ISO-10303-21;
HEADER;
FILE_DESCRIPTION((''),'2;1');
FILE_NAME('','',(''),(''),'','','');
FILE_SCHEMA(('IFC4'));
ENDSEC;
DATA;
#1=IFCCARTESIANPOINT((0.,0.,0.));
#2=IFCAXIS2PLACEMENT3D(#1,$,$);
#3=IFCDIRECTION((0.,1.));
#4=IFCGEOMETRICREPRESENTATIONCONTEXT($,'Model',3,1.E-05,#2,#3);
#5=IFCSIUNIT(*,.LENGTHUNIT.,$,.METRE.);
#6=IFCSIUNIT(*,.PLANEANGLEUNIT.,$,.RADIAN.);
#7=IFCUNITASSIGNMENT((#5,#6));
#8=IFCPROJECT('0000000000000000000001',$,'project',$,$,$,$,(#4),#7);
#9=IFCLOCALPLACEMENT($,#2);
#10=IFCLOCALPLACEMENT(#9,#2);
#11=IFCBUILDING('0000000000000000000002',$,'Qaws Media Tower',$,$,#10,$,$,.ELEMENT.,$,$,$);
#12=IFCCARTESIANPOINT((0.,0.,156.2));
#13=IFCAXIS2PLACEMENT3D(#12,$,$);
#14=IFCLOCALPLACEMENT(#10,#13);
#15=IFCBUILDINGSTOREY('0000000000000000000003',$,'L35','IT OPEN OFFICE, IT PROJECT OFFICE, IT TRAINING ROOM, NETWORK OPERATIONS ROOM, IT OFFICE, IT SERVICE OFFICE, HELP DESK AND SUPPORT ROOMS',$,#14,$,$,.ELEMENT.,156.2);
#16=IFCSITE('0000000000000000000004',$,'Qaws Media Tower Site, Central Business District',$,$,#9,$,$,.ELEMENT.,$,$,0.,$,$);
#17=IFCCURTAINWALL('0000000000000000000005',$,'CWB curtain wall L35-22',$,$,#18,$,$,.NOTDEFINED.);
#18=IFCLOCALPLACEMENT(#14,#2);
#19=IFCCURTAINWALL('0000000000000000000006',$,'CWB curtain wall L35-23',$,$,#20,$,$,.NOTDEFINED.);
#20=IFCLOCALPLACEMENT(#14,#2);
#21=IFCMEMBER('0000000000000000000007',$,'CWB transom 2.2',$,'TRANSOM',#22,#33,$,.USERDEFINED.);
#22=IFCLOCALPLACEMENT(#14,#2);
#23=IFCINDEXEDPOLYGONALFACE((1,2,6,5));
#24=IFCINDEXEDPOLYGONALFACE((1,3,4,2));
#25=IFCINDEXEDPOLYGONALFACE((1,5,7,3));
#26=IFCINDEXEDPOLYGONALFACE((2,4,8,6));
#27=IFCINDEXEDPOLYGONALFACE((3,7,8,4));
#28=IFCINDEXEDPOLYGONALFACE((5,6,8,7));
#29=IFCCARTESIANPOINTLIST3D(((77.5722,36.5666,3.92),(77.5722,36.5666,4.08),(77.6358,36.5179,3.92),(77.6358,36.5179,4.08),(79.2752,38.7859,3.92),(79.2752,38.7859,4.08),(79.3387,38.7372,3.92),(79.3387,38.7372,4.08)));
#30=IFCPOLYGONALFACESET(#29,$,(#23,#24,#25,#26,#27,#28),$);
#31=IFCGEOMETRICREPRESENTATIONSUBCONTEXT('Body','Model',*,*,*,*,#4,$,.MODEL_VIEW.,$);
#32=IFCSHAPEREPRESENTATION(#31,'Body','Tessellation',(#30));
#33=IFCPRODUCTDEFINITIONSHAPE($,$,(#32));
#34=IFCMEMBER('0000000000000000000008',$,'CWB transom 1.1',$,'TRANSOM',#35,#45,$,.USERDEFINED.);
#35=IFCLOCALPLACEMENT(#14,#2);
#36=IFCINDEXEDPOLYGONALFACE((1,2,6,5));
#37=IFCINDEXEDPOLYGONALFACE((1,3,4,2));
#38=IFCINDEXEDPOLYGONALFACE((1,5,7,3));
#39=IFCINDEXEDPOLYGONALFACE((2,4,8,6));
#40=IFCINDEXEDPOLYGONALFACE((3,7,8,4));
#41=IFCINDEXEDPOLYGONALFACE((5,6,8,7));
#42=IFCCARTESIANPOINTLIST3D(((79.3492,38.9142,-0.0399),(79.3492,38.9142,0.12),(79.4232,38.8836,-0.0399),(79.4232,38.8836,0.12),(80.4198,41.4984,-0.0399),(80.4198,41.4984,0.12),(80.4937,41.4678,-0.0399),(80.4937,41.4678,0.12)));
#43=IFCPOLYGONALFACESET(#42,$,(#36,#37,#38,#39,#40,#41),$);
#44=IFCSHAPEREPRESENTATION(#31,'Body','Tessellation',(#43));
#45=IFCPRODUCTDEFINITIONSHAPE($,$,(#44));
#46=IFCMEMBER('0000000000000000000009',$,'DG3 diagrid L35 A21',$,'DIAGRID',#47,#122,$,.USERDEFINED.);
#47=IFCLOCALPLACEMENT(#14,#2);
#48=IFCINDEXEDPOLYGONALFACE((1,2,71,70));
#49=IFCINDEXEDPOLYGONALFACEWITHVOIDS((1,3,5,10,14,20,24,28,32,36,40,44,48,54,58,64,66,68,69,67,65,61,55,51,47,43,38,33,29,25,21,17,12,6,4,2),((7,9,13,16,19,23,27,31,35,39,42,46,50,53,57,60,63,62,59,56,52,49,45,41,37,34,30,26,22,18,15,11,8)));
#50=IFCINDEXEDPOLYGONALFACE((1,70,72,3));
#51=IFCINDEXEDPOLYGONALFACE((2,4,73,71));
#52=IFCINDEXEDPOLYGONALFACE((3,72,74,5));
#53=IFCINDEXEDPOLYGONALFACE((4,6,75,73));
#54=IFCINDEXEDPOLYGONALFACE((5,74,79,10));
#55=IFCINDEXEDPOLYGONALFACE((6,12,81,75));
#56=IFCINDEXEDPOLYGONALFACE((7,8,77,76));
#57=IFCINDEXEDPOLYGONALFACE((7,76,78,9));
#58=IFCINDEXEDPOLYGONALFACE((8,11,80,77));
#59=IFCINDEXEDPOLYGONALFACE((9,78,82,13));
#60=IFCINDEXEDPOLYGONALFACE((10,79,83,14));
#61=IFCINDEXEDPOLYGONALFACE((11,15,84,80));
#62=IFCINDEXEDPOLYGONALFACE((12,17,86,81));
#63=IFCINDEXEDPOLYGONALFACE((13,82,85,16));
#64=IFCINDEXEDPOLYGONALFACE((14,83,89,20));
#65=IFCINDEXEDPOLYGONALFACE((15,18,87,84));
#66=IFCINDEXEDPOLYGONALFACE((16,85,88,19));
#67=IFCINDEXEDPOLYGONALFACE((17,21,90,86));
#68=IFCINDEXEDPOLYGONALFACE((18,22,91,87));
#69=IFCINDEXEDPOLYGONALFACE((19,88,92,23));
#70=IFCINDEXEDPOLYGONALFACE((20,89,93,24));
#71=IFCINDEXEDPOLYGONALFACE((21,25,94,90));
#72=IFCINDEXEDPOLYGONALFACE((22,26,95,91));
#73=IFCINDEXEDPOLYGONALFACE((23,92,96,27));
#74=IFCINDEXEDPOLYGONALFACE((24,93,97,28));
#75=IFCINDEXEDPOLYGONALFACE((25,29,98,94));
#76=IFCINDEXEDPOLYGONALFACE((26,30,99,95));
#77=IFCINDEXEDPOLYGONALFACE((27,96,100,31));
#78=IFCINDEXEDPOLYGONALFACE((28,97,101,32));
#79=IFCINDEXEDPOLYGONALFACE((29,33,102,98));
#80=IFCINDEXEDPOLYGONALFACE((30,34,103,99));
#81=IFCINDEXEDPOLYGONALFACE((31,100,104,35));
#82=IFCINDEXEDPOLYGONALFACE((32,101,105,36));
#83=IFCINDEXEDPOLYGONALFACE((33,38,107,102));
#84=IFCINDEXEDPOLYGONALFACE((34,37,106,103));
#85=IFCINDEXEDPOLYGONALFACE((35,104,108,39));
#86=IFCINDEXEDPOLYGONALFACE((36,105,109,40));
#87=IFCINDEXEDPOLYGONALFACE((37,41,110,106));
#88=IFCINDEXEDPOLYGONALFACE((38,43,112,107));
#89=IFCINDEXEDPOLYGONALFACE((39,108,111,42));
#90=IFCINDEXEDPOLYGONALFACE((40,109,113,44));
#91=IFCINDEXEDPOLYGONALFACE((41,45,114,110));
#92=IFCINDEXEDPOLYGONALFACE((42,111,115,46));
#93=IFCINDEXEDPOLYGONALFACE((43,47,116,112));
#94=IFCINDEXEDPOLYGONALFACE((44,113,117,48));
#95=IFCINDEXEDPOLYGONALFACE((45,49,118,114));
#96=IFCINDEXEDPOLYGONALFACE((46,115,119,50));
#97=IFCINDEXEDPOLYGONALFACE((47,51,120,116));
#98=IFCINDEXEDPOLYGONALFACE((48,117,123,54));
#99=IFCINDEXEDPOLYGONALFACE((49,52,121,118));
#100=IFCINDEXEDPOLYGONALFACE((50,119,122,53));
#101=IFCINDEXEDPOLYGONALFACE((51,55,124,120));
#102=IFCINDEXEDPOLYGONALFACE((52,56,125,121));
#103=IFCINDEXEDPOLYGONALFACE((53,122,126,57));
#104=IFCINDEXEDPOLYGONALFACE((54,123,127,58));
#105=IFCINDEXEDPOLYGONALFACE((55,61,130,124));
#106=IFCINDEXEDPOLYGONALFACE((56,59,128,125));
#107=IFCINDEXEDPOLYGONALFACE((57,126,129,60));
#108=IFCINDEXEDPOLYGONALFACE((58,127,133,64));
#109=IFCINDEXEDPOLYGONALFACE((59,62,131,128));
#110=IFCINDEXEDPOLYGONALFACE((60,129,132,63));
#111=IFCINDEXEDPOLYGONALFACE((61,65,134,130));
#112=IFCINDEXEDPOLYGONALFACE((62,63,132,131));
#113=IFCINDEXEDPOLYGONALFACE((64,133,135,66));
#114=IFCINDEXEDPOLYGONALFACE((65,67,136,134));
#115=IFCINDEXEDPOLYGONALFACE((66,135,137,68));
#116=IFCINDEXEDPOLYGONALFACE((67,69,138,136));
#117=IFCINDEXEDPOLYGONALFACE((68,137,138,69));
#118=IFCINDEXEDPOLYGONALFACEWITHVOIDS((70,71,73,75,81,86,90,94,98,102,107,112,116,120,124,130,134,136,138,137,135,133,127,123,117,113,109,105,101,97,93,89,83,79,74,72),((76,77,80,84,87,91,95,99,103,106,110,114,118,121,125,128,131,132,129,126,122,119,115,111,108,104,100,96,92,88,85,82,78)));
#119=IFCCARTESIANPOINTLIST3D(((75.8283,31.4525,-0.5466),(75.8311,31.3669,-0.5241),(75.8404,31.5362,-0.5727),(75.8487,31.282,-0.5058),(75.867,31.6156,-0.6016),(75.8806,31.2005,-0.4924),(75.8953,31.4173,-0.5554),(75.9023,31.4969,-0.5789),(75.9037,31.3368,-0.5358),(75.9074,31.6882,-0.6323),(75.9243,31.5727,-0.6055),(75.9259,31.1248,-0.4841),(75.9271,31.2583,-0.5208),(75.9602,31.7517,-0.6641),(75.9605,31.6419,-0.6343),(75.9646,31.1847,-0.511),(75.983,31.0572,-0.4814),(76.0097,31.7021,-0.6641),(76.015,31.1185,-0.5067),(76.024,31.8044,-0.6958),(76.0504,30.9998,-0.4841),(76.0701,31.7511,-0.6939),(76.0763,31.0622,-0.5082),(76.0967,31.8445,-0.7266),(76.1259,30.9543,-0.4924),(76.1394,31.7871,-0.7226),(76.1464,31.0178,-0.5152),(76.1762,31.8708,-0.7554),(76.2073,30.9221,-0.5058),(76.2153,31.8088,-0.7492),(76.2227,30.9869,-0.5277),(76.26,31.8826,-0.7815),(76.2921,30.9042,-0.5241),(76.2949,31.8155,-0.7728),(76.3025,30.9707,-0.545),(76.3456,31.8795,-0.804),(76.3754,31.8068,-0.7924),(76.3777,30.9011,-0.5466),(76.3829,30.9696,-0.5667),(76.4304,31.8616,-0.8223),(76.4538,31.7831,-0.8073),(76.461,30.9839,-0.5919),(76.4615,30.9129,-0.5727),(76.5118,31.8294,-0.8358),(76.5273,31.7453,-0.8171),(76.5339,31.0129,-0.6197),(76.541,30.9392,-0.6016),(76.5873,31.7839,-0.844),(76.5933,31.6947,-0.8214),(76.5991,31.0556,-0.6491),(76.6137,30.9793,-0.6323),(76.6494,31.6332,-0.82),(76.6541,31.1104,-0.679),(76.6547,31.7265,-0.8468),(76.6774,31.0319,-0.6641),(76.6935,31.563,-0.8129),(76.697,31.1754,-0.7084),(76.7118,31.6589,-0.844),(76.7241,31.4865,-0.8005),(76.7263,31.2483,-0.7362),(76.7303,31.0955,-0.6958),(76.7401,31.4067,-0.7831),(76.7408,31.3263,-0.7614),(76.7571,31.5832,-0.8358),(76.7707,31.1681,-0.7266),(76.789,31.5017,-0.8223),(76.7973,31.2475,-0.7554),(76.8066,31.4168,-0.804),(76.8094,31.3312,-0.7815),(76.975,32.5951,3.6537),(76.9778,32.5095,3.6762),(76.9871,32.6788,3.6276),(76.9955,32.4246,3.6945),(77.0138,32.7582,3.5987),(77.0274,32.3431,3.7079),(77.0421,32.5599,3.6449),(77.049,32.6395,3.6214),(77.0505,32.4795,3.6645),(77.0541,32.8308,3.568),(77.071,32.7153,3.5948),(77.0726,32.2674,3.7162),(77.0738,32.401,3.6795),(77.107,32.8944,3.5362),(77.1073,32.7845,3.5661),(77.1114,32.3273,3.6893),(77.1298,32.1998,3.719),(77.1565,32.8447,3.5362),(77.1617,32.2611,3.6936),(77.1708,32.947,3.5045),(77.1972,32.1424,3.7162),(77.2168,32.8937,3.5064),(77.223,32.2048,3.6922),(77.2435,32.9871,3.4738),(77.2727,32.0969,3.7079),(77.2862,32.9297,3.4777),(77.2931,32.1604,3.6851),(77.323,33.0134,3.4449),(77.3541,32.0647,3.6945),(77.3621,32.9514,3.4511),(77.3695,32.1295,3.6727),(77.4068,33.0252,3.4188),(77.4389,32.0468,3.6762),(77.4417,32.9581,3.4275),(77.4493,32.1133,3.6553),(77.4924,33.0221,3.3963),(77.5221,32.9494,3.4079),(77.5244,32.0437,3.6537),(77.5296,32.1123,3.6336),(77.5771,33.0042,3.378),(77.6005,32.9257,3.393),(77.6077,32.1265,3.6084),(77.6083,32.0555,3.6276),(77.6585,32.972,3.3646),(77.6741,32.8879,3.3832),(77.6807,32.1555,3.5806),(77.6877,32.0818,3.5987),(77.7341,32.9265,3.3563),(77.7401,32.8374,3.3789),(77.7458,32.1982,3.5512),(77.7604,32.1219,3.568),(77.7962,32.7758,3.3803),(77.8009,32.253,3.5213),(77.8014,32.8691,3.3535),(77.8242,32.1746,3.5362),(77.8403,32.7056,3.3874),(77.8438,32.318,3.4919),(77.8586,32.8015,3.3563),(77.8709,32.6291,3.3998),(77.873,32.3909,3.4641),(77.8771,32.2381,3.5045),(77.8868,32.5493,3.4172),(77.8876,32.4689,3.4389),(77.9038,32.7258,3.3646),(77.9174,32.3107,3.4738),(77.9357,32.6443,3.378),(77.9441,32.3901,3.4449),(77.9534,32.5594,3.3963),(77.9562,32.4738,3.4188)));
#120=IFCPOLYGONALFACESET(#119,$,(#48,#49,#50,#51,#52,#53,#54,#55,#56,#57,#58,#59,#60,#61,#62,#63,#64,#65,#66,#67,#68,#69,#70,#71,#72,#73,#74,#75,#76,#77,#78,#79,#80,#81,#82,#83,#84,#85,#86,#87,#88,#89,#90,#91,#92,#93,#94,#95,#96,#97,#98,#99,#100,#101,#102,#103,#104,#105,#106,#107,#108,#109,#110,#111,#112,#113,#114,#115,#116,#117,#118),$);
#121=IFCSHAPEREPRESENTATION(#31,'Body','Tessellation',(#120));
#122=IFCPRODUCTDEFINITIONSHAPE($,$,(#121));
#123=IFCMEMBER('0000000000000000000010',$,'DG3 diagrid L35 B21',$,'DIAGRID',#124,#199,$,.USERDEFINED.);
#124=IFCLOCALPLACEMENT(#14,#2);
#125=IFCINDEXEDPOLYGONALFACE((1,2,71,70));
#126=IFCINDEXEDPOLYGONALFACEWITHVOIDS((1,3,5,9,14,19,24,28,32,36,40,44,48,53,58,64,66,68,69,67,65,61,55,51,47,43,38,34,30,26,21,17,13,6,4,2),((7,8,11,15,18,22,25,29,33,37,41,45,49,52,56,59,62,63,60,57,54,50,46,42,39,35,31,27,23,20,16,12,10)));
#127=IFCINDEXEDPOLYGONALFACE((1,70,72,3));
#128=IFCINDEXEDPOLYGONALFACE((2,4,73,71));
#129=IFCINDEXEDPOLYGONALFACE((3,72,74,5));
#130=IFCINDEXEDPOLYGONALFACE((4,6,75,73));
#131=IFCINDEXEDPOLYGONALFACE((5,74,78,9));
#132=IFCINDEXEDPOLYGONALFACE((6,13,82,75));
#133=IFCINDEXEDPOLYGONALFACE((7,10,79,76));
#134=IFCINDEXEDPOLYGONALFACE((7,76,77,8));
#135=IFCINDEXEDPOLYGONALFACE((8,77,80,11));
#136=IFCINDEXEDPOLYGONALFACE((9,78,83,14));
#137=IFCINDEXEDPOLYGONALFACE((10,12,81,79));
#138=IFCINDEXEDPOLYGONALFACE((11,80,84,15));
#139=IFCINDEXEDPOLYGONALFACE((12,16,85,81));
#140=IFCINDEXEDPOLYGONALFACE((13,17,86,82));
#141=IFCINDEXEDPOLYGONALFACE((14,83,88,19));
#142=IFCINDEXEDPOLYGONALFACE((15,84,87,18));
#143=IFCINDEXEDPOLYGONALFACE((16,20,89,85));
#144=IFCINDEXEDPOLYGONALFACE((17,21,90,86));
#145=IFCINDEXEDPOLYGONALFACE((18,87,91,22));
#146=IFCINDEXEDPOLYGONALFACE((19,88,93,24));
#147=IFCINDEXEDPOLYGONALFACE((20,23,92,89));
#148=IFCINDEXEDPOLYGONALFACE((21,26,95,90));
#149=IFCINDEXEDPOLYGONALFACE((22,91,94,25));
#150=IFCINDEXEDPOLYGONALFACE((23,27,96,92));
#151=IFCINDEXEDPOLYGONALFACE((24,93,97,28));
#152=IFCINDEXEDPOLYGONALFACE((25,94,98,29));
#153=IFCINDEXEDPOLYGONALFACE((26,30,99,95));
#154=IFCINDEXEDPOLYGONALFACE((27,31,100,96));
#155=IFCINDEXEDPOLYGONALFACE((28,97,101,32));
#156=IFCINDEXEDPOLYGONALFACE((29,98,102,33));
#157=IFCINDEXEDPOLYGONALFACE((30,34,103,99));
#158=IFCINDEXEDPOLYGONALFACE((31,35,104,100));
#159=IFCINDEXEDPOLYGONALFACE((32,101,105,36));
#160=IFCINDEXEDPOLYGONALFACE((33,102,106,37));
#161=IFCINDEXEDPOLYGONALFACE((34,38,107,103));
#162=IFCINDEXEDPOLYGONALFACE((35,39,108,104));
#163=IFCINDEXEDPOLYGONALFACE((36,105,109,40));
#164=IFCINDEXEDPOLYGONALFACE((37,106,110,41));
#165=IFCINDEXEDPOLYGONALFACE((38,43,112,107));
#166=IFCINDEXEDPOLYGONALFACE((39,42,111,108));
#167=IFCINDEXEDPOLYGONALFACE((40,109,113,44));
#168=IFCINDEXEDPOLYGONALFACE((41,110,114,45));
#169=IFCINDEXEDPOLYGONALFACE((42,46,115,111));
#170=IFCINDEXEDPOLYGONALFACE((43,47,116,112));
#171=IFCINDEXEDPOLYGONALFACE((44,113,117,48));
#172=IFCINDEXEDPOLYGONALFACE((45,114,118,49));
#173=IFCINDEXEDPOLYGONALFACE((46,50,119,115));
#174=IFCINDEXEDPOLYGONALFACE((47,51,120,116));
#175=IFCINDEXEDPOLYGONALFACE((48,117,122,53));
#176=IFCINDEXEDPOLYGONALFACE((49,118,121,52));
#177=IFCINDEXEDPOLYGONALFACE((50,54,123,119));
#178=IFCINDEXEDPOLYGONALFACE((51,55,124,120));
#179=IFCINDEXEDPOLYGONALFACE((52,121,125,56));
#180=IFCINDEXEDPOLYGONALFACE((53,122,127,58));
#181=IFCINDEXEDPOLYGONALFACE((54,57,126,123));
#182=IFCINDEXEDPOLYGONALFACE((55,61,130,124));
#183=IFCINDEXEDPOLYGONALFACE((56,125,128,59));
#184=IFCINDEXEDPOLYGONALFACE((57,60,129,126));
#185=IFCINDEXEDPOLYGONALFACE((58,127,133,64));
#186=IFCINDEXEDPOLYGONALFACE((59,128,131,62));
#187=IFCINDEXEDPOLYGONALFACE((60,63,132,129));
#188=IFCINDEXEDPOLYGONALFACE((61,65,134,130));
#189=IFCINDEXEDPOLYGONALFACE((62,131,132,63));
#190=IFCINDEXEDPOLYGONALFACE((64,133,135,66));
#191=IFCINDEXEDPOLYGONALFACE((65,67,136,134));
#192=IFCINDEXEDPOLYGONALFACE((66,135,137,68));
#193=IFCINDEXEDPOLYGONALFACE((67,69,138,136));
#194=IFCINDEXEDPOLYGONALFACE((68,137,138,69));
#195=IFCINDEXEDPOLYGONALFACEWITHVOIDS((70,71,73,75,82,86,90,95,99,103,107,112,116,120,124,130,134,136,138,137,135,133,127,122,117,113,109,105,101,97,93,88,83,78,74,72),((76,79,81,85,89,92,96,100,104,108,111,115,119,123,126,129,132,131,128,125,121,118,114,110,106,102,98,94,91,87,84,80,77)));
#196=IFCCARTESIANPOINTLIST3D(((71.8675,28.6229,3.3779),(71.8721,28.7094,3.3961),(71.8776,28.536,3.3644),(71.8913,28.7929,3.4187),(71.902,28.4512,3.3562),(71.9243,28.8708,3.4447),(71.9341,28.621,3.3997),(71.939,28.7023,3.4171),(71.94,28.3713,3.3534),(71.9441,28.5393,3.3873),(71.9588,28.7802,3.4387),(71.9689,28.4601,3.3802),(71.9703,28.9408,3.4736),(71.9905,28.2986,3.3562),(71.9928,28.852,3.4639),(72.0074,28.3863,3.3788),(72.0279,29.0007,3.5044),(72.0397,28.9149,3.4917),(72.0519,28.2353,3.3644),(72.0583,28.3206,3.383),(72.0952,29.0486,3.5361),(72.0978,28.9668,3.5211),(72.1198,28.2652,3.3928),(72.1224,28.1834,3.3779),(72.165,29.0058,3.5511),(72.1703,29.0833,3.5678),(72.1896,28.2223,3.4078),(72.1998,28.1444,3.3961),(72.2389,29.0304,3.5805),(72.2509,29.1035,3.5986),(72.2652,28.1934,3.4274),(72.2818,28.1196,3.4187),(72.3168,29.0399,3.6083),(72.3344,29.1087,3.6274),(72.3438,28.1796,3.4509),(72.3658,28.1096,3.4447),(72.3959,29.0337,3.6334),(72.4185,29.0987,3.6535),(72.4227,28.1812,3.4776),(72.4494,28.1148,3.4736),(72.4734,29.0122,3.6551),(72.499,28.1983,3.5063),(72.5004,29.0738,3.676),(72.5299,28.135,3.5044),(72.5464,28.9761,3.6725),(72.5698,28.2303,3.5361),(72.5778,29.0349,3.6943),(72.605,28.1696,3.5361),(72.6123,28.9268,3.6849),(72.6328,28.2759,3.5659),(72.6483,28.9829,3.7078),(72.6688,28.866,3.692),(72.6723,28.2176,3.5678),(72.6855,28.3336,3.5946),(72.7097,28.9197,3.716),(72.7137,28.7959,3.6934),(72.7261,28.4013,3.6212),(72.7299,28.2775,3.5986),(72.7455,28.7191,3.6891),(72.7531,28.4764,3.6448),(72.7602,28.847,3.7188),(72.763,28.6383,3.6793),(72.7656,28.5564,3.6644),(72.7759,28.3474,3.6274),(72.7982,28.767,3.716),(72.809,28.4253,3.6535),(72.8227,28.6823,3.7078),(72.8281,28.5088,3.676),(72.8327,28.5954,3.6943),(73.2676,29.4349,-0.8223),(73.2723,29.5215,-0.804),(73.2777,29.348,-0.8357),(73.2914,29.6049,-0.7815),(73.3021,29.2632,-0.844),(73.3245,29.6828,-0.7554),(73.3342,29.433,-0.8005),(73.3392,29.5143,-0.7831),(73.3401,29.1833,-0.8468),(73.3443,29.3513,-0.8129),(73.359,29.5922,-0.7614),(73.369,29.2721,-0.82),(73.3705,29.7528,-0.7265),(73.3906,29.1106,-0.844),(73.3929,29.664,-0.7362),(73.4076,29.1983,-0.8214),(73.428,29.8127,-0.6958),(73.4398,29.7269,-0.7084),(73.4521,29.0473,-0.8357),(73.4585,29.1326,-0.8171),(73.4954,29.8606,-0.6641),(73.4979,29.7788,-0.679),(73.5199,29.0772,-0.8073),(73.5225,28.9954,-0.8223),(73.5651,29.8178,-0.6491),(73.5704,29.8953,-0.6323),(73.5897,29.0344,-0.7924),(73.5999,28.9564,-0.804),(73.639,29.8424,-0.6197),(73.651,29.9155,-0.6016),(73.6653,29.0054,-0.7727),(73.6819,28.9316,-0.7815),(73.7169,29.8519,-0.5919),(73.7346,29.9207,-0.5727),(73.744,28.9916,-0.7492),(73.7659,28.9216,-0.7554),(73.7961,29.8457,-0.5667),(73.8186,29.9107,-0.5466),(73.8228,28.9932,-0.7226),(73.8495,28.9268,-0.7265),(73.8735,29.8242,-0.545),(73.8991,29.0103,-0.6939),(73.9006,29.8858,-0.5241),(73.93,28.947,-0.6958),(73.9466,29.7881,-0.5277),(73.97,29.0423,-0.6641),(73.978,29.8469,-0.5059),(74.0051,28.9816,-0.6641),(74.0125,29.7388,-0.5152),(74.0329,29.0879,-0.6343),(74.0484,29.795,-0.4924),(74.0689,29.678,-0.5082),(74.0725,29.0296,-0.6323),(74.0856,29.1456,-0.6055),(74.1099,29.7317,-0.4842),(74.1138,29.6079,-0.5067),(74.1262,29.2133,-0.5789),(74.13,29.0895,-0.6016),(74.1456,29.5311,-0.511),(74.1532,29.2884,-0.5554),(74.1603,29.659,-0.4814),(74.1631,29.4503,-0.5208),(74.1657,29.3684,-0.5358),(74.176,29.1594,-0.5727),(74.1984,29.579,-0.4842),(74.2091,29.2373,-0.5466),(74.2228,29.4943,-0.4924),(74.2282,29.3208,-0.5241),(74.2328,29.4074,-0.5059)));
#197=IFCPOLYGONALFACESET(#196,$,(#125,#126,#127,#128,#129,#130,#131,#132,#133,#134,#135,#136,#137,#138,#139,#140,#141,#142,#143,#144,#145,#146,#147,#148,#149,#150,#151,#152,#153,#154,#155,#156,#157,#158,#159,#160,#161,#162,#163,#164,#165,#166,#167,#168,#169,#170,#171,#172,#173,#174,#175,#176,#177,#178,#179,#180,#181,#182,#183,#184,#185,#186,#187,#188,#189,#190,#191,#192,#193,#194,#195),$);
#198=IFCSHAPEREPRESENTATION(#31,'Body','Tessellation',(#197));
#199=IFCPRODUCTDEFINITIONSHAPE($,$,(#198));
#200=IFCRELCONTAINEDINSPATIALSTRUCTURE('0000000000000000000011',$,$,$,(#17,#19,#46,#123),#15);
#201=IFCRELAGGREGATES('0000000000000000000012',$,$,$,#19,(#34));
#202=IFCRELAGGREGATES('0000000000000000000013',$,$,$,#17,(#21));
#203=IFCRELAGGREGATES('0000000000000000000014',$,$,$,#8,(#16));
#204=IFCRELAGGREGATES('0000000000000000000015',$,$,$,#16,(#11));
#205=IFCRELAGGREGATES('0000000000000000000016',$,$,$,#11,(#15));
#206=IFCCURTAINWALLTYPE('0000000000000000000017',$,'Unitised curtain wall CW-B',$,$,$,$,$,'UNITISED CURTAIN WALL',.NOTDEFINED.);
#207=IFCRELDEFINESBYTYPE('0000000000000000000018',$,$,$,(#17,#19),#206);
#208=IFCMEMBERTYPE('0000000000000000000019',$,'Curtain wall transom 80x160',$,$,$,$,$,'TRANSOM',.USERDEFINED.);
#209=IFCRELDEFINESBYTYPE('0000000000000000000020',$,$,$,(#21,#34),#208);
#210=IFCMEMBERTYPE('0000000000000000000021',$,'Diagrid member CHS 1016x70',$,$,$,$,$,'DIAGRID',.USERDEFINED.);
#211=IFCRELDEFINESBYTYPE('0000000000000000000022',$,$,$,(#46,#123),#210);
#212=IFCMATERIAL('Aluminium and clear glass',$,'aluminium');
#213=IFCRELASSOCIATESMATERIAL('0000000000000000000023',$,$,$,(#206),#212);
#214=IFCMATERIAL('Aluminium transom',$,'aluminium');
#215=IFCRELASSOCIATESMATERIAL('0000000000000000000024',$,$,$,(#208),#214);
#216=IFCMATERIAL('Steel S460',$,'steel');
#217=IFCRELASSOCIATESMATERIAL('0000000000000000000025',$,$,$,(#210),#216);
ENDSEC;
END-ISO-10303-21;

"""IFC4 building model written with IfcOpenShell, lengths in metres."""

from ifc_helpers import new_model, si_unit, direction, frame, origin, origin_2d, place, context, subcontext, project, spatial, rectangle, hollow_circle, extrude, material, material_profile, profile_set, type_object, element, aggregate, save


model = new_model("IFC4")

# Units and contexts
model_context = context("Model", 3, precision=1e-05, world=origin(), true_north=direction((0.0, 1.0)))
body_context = subcontext(model_context, "Body", "Model", "MODEL_VIEW")
ifc_project = project(units=[si_unit("LENGTHUNIT", "METRE"), si_unit("PLANEANGLEUNIT", "RADIAN")], contexts=[model_context])

# Site, building, storey
site_placement = place(None, origin())
site = spatial("IfcSite", under=ifc_project, at=site_placement, Name="Qaws Media Tower Site, Central Business District", CompositionType="ELEMENT", RefElevation=0.0)
building_placement = place(site_placement, origin())
building = spatial("IfcBuilding", under=site, at=building_placement, Name="Qaws Media Tower", CompositionType="ELEMENT")
storey_placement = place(building_placement, frame((0.0, 0.0, 156.2)))
storey = spatial("IfcBuildingStorey", under=building, at=storey_placement, Name="L35", Description="IT OPEN OFFICE, IT PROJECT OFFICE, IT TRAINING ROOM, NETWORK OPERATIONS ROOM, IT OFFICE, IT SERVICE OFFICE, HELP DESK AND SUPPORT ROOMS", CompositionType="ELEMENT", Elevation=156.2)

# Curtain wall
ifc_material_1 = material(Name="Aluminium and clear glass", Category="aluminium")
curtain_wall_type = type_object("IfcCurtainWallType", Name="Unitised curtain wall CW-B", ElementType="UNITISED CURTAIN WALL", PredefinedType="NOTDEFINED", material=ifc_material_1)
curtain_wall_1_placement = place(storey_placement, origin())
curtain_wall_1 = element("IfcCurtainWall", 1, at=curtain_wall_1_placement, inside=storey, type_object=curtain_wall_type, Name="CWB curtain wall L35-22", PredefinedType="NOTDEFINED")

# Curtain wall
curtain_wall_2_placement = place(storey_placement, origin())
curtain_wall_2 = element("IfcCurtainWall", 2, at=curtain_wall_2_placement, inside=storey, type_object=curtain_wall_type, Name="CWB curtain wall L35-23", PredefinedType="NOTDEFINED")

# Members
ifc_material_2 = material(Name="Aluminium transom", Category="aluminium")
ifc_material_profile_1 = material_profile(ifc_material_2, rectangle(XDim=0.0801, YDim=0.1599, at=origin_2d()), Name="80x160")
ifc_profile_set_1 = profile_set([ifc_material_profile_1], Name="Aluminium transom")
member_type_1 = type_object("IfcMemberType", Name="Curtain wall transom 80x160", ElementType="TRANSOM", PredefinedType="USERDEFINED", material=ifc_profile_set_1)
member_1_placement = place(storey_placement, frame((77.604, 36.5422, 4.0), z_axis=(0.608761, 0.793353, 0.0), x_axis=(-0.793353, 0.608761, 0.0)))
member_1 = element("IfcMember", 3, at=member_1_placement, type_object=member_type_1, Name="CWB transom 2.2", ObjectType="TRANSOM", PredefinedType="USERDEFINED", context=body_context, shape_type="SweptSolid", body=[
    extrude(rectangle(XDim=0.0801, YDim=0.1599, at=origin_2d()), origin(), (0.0, 0.0, 1.0), 2.7974),
])
member_2_placement = place(storey_placement, frame((79.3862, 38.8989, 0.04), z_axis=(0.382724, 0.923863, 0.0), x_axis=(-0.923863, 0.382724, 0.0)))
member_2 = element("IfcMember", 4, at=member_2_placement, type_object=member_type_1, Name="CWB transom 1.1", ObjectType="TRANSOM", PredefinedType="USERDEFINED", context=body_context, shape_type="SweptSolid", body=[
    extrude(rectangle(XDim=0.0801, YDim=0.1599, at=origin_2d()), origin(), (0.0, 0.0, 1.0), 2.7971),
])
aggregate(curtain_wall_2, [member_2])

# Members
ifc_material_3 = material(Name="Steel S460", Category="steel")
ifc_material_profile_2 = material_profile(ifc_material_3, hollow_circle(Radius=0.5081, WallThickness=0.0701, at=origin_2d()), Name="CHS 1016x70")
ifc_profile_set_2 = profile_set([ifc_material_profile_2], Name="Steel S460")
member_type_2 = type_object("IfcMemberType", Name="Diagrid member CHS 1016x70", ElementType="DIAGRID", PredefinedType="USERDEFINED", material=ifc_profile_set_2)
member_3_placement = place(storey_placement, frame((76.3188, 31.3918, -0.6641), z_axis=(0.254752, 0.25383, 0.933098), x_axis=(-0.705824, 0.708388, 0.0)))
element("IfcMember", 5, at=member_3_placement, inside=storey, type_object=member_type_2, Name="DG3 diagrid L35 A21", ObjectType="DIAGRID", PredefinedType="USERDEFINED", context=body_context, shape_type="SweptSolid", body=[
    extrude(hollow_circle(Radius=0.5081, WallThickness=0.0701, at=origin_2d()), origin(), (0.0, 0.0, 1.0), 4.5015),
])
for number, where, z_axis, x_axis, name in (
    (6, (73.7502, 29.4211, -0.6641), (-0.311056, -0.180396, 0.933114), (0.501684, -0.865051, 0.0), "DG3 diagrid L35 B21"),
):
    element("IfcMember", number, at=place(storey_placement, frame(where, z_axis=z_axis, x_axis=x_axis)), inside=storey, type_object=member_type_2, Name=name, ObjectType="DIAGRID", PredefinedType="USERDEFINED", context=body_context, shape_type="SweptSolid", body=[
        extrude(hollow_circle(Radius=0.5081, WallThickness=0.0701, at=origin_2d()), origin(), (0.0, 0.0, 1.0), 4.5012),
    ])

aggregate(curtain_wall_1, [member_1])

save(model, "model.ifc")
